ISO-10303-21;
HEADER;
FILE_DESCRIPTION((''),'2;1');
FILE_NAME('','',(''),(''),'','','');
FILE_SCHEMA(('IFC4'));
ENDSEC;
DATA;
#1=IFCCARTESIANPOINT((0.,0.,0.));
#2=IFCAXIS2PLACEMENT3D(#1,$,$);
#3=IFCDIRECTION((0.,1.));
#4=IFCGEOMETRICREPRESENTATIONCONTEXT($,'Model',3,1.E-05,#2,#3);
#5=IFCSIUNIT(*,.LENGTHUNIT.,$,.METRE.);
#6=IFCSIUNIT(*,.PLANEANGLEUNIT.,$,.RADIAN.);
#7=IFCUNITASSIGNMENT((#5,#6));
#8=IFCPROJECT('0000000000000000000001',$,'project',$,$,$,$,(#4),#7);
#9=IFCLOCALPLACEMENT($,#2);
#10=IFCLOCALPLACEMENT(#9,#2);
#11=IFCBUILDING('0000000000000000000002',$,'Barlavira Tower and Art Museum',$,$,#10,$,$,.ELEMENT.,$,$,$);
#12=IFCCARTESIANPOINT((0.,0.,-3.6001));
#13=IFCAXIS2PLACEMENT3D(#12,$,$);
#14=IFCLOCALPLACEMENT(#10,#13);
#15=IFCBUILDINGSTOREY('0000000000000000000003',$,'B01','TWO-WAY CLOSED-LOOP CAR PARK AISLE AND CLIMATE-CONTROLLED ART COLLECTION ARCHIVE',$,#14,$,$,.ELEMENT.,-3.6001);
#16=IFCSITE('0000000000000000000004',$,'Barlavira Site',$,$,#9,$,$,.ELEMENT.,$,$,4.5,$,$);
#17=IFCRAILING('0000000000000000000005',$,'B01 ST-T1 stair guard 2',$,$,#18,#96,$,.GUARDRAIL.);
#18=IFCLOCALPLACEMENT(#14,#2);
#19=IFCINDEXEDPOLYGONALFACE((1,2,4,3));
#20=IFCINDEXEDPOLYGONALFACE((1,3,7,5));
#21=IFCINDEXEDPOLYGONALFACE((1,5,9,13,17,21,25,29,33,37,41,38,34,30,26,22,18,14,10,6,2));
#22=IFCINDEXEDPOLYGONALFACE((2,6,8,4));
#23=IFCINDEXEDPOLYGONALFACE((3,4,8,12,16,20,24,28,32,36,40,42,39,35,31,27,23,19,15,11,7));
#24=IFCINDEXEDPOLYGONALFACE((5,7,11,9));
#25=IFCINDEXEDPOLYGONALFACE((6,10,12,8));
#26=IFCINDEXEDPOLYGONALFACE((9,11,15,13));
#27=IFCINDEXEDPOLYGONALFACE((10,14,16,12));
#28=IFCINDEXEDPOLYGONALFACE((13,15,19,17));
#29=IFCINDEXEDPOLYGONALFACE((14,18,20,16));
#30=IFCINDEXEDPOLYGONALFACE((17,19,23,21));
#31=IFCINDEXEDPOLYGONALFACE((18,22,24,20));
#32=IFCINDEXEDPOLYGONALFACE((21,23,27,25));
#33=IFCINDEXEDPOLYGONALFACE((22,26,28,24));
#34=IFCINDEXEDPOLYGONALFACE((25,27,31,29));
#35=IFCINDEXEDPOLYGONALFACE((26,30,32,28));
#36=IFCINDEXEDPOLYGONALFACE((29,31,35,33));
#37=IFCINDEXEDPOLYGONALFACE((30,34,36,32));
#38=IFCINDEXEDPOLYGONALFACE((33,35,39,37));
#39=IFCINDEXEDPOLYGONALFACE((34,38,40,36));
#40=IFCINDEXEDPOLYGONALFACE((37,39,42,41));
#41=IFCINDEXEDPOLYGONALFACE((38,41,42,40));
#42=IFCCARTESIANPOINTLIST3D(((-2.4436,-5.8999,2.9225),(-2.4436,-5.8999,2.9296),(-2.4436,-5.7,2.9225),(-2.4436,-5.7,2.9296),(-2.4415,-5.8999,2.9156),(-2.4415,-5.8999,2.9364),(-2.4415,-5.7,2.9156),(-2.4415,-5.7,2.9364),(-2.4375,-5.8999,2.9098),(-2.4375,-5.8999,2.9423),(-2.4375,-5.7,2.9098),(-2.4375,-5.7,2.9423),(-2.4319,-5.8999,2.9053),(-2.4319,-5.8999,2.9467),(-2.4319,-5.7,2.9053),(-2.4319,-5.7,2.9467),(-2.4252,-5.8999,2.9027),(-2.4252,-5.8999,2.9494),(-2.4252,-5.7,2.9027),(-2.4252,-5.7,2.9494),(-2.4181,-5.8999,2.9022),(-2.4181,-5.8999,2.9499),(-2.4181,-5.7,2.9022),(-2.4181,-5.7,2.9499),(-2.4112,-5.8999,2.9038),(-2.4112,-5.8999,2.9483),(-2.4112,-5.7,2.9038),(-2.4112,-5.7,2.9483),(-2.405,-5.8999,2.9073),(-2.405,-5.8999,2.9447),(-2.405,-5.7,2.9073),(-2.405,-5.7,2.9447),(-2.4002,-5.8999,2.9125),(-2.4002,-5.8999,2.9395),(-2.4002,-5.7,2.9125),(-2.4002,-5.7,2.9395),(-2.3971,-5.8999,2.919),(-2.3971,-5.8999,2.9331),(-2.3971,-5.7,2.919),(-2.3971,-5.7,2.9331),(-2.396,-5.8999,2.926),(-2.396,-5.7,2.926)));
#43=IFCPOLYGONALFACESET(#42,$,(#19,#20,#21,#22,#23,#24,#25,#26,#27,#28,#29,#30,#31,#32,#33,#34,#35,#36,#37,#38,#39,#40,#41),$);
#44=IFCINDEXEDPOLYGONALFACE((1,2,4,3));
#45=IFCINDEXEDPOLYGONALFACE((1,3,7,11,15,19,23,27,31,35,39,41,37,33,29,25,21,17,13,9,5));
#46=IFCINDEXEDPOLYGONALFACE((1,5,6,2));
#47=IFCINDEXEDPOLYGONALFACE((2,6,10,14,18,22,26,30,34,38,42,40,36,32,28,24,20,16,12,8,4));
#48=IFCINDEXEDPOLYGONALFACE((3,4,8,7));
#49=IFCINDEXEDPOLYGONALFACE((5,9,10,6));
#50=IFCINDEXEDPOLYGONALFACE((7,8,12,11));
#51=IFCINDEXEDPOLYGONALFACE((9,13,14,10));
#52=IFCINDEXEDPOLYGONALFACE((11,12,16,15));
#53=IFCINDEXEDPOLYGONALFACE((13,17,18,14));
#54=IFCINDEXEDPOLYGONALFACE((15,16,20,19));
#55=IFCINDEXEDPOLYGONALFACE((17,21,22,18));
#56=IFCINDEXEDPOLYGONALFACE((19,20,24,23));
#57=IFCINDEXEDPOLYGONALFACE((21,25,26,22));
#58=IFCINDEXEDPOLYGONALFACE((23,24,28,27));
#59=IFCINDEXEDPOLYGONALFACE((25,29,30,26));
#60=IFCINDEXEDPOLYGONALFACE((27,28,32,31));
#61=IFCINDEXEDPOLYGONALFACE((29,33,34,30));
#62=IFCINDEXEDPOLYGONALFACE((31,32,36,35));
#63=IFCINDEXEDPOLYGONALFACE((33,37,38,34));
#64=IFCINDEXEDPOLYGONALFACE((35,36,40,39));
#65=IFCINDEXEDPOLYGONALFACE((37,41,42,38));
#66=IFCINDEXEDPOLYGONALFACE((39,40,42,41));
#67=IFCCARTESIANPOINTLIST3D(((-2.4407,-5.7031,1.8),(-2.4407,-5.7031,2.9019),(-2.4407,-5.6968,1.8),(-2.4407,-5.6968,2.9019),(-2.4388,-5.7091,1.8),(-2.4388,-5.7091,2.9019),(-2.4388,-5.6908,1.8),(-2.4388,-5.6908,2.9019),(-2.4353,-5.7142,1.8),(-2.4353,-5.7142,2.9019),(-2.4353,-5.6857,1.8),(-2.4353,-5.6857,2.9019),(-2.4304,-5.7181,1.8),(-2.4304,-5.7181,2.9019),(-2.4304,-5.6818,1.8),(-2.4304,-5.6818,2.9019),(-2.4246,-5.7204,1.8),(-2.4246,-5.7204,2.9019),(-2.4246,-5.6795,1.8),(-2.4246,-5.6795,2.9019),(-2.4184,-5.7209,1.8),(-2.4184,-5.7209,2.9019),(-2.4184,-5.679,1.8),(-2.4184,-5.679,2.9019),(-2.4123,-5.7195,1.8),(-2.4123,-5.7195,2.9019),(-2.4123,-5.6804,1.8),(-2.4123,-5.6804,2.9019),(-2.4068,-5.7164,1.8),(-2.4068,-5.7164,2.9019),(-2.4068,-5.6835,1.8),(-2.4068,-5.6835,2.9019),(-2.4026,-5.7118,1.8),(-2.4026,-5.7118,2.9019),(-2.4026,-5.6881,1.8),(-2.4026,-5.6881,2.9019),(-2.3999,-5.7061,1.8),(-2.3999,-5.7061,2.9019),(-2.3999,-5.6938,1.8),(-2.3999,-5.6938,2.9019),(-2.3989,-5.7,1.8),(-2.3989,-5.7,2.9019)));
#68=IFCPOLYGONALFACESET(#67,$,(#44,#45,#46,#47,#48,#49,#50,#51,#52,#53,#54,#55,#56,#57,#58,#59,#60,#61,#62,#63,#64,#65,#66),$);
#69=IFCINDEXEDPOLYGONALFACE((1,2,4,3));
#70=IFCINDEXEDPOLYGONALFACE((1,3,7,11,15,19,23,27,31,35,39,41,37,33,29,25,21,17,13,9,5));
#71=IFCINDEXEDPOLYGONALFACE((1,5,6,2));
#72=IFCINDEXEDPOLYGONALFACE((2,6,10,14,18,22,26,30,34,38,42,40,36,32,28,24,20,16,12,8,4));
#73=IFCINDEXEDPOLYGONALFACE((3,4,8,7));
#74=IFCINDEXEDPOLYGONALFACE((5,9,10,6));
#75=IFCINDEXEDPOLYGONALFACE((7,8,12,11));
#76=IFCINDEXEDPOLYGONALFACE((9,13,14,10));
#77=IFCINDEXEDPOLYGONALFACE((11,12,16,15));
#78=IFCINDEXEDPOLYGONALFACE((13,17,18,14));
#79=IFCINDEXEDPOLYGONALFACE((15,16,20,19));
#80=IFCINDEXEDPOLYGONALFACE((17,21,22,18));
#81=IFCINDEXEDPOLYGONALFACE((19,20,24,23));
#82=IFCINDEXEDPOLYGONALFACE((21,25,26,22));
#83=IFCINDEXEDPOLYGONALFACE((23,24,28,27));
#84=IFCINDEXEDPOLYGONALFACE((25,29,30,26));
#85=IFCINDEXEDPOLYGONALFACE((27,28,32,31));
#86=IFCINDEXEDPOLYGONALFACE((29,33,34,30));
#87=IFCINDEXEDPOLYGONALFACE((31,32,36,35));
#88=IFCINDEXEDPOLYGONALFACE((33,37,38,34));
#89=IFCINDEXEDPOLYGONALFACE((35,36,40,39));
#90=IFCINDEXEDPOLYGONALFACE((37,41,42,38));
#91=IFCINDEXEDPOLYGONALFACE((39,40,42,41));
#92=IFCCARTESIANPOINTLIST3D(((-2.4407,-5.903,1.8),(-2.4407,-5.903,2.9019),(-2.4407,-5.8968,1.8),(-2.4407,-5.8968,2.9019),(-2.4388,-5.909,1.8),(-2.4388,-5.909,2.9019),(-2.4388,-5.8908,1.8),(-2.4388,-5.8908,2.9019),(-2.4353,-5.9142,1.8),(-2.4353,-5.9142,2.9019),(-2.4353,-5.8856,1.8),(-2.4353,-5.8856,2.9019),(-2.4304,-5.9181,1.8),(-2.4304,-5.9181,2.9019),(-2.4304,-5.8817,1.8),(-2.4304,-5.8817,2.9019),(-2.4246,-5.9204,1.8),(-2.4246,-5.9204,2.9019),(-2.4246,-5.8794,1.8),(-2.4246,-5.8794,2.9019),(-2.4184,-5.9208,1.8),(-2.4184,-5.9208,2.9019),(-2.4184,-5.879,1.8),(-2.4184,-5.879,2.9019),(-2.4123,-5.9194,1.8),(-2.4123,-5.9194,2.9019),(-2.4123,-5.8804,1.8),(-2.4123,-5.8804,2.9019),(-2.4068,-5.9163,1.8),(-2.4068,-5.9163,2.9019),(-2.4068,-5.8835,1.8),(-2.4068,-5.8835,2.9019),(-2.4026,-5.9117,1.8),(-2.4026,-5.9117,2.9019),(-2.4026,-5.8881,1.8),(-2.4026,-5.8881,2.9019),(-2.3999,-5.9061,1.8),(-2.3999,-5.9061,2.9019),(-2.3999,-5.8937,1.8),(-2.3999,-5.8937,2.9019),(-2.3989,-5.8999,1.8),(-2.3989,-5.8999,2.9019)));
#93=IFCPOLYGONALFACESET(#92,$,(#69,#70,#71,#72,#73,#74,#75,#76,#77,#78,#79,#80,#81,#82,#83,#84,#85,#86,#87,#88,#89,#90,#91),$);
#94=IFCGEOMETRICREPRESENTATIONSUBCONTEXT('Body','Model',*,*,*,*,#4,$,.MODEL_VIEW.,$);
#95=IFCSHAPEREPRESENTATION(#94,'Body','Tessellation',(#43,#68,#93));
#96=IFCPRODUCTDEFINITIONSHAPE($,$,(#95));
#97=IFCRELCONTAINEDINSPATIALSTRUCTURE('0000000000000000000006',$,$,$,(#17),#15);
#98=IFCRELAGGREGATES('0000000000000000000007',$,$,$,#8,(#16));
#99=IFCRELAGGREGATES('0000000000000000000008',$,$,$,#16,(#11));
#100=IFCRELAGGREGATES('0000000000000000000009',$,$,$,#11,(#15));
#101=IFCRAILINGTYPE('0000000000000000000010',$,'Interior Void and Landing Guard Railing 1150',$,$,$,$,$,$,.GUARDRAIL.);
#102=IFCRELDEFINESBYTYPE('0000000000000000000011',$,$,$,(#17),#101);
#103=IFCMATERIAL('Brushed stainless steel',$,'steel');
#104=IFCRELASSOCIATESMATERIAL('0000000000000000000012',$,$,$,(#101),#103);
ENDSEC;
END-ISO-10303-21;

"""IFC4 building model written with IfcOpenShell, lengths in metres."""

from ifc_helpers import new_model, si_unit, direction, frame, origin, origin_2d, place, context, subcontext, project, spatial, circle, extrude, material, type_object, element, save


model = new_model("IFC4")

# Units and contexts
model_context = context("Model", 3, precision=1e-05, world=origin(), true_north=direction((0.0, 1.0)))
body_context = subcontext(model_context, "Body", "Model", "MODEL_VIEW")
ifc_project = project(units=[si_unit("LENGTHUNIT", "METRE"), si_unit("PLANEANGLEUNIT", "RADIAN")], contexts=[model_context])

# Site, building, storey
site_placement = place(None, origin())
site = spatial("IfcSite", under=ifc_project, at=site_placement, Name="Barlavira Site", CompositionType="ELEMENT", RefElevation=4.5)
building_placement = place(site_placement, origin())
building = spatial("IfcBuilding", under=site, at=building_placement, Name="Barlavira Tower and Art Museum", CompositionType="ELEMENT")
storey_placement = place(building_placement, frame((0.0, 0.0, -3.6001)))
storey = spatial("IfcBuildingStorey", under=building, at=storey_placement, Name="B01", Description="TWO-WAY CLOSED-LOOP CAR PARK AISLE AND CLIMATE-CONTROLLED ART COLLECTION ARCHIVE", CompositionType="ELEMENT", Elevation=-3.6001)

# Shared definitions
ifc_material_1 = material(Name="Brushed stainless steel", Category="steel")

# Railing
railing_type_1 = type_object("IfcRailingType", Name="Interior Void and Landing Guard Railing 1150", PredefinedType="GUARDRAIL", material=ifc_material_1)
railing_1_placement = place(storey_placement, frame((-2.4199, -5.7, 1.8)))
element("IfcRailing", 1, at=railing_1_placement, inside=storey, type_object=railing_type_1, Name="B01 ST-T1 stair guard 2", PredefinedType="GUARDRAIL", context=body_context, shape_type="SweptSolid", body=[
    extrude(circle(Radius=0.0239, at=origin_2d()), frame((0.0, 0.0, 1.126), z_axis=(0.0, -1.0, 0.0), x_axis=(1.0, 0.0, 0.0)), (0.0, 0.0, 1.0), 0.2),
    extrude(circle(Radius=0.021, at=origin_2d()), origin(), (0.0, 0.0, 1.0), 1.1018),
    extrude(circle(Radius=0.021, at=origin_2d()), frame((0.0, -0.2, 0.0)), (0.0, 0.0, 1.0), 1.1018),
])

save(model, "model.ifc")
